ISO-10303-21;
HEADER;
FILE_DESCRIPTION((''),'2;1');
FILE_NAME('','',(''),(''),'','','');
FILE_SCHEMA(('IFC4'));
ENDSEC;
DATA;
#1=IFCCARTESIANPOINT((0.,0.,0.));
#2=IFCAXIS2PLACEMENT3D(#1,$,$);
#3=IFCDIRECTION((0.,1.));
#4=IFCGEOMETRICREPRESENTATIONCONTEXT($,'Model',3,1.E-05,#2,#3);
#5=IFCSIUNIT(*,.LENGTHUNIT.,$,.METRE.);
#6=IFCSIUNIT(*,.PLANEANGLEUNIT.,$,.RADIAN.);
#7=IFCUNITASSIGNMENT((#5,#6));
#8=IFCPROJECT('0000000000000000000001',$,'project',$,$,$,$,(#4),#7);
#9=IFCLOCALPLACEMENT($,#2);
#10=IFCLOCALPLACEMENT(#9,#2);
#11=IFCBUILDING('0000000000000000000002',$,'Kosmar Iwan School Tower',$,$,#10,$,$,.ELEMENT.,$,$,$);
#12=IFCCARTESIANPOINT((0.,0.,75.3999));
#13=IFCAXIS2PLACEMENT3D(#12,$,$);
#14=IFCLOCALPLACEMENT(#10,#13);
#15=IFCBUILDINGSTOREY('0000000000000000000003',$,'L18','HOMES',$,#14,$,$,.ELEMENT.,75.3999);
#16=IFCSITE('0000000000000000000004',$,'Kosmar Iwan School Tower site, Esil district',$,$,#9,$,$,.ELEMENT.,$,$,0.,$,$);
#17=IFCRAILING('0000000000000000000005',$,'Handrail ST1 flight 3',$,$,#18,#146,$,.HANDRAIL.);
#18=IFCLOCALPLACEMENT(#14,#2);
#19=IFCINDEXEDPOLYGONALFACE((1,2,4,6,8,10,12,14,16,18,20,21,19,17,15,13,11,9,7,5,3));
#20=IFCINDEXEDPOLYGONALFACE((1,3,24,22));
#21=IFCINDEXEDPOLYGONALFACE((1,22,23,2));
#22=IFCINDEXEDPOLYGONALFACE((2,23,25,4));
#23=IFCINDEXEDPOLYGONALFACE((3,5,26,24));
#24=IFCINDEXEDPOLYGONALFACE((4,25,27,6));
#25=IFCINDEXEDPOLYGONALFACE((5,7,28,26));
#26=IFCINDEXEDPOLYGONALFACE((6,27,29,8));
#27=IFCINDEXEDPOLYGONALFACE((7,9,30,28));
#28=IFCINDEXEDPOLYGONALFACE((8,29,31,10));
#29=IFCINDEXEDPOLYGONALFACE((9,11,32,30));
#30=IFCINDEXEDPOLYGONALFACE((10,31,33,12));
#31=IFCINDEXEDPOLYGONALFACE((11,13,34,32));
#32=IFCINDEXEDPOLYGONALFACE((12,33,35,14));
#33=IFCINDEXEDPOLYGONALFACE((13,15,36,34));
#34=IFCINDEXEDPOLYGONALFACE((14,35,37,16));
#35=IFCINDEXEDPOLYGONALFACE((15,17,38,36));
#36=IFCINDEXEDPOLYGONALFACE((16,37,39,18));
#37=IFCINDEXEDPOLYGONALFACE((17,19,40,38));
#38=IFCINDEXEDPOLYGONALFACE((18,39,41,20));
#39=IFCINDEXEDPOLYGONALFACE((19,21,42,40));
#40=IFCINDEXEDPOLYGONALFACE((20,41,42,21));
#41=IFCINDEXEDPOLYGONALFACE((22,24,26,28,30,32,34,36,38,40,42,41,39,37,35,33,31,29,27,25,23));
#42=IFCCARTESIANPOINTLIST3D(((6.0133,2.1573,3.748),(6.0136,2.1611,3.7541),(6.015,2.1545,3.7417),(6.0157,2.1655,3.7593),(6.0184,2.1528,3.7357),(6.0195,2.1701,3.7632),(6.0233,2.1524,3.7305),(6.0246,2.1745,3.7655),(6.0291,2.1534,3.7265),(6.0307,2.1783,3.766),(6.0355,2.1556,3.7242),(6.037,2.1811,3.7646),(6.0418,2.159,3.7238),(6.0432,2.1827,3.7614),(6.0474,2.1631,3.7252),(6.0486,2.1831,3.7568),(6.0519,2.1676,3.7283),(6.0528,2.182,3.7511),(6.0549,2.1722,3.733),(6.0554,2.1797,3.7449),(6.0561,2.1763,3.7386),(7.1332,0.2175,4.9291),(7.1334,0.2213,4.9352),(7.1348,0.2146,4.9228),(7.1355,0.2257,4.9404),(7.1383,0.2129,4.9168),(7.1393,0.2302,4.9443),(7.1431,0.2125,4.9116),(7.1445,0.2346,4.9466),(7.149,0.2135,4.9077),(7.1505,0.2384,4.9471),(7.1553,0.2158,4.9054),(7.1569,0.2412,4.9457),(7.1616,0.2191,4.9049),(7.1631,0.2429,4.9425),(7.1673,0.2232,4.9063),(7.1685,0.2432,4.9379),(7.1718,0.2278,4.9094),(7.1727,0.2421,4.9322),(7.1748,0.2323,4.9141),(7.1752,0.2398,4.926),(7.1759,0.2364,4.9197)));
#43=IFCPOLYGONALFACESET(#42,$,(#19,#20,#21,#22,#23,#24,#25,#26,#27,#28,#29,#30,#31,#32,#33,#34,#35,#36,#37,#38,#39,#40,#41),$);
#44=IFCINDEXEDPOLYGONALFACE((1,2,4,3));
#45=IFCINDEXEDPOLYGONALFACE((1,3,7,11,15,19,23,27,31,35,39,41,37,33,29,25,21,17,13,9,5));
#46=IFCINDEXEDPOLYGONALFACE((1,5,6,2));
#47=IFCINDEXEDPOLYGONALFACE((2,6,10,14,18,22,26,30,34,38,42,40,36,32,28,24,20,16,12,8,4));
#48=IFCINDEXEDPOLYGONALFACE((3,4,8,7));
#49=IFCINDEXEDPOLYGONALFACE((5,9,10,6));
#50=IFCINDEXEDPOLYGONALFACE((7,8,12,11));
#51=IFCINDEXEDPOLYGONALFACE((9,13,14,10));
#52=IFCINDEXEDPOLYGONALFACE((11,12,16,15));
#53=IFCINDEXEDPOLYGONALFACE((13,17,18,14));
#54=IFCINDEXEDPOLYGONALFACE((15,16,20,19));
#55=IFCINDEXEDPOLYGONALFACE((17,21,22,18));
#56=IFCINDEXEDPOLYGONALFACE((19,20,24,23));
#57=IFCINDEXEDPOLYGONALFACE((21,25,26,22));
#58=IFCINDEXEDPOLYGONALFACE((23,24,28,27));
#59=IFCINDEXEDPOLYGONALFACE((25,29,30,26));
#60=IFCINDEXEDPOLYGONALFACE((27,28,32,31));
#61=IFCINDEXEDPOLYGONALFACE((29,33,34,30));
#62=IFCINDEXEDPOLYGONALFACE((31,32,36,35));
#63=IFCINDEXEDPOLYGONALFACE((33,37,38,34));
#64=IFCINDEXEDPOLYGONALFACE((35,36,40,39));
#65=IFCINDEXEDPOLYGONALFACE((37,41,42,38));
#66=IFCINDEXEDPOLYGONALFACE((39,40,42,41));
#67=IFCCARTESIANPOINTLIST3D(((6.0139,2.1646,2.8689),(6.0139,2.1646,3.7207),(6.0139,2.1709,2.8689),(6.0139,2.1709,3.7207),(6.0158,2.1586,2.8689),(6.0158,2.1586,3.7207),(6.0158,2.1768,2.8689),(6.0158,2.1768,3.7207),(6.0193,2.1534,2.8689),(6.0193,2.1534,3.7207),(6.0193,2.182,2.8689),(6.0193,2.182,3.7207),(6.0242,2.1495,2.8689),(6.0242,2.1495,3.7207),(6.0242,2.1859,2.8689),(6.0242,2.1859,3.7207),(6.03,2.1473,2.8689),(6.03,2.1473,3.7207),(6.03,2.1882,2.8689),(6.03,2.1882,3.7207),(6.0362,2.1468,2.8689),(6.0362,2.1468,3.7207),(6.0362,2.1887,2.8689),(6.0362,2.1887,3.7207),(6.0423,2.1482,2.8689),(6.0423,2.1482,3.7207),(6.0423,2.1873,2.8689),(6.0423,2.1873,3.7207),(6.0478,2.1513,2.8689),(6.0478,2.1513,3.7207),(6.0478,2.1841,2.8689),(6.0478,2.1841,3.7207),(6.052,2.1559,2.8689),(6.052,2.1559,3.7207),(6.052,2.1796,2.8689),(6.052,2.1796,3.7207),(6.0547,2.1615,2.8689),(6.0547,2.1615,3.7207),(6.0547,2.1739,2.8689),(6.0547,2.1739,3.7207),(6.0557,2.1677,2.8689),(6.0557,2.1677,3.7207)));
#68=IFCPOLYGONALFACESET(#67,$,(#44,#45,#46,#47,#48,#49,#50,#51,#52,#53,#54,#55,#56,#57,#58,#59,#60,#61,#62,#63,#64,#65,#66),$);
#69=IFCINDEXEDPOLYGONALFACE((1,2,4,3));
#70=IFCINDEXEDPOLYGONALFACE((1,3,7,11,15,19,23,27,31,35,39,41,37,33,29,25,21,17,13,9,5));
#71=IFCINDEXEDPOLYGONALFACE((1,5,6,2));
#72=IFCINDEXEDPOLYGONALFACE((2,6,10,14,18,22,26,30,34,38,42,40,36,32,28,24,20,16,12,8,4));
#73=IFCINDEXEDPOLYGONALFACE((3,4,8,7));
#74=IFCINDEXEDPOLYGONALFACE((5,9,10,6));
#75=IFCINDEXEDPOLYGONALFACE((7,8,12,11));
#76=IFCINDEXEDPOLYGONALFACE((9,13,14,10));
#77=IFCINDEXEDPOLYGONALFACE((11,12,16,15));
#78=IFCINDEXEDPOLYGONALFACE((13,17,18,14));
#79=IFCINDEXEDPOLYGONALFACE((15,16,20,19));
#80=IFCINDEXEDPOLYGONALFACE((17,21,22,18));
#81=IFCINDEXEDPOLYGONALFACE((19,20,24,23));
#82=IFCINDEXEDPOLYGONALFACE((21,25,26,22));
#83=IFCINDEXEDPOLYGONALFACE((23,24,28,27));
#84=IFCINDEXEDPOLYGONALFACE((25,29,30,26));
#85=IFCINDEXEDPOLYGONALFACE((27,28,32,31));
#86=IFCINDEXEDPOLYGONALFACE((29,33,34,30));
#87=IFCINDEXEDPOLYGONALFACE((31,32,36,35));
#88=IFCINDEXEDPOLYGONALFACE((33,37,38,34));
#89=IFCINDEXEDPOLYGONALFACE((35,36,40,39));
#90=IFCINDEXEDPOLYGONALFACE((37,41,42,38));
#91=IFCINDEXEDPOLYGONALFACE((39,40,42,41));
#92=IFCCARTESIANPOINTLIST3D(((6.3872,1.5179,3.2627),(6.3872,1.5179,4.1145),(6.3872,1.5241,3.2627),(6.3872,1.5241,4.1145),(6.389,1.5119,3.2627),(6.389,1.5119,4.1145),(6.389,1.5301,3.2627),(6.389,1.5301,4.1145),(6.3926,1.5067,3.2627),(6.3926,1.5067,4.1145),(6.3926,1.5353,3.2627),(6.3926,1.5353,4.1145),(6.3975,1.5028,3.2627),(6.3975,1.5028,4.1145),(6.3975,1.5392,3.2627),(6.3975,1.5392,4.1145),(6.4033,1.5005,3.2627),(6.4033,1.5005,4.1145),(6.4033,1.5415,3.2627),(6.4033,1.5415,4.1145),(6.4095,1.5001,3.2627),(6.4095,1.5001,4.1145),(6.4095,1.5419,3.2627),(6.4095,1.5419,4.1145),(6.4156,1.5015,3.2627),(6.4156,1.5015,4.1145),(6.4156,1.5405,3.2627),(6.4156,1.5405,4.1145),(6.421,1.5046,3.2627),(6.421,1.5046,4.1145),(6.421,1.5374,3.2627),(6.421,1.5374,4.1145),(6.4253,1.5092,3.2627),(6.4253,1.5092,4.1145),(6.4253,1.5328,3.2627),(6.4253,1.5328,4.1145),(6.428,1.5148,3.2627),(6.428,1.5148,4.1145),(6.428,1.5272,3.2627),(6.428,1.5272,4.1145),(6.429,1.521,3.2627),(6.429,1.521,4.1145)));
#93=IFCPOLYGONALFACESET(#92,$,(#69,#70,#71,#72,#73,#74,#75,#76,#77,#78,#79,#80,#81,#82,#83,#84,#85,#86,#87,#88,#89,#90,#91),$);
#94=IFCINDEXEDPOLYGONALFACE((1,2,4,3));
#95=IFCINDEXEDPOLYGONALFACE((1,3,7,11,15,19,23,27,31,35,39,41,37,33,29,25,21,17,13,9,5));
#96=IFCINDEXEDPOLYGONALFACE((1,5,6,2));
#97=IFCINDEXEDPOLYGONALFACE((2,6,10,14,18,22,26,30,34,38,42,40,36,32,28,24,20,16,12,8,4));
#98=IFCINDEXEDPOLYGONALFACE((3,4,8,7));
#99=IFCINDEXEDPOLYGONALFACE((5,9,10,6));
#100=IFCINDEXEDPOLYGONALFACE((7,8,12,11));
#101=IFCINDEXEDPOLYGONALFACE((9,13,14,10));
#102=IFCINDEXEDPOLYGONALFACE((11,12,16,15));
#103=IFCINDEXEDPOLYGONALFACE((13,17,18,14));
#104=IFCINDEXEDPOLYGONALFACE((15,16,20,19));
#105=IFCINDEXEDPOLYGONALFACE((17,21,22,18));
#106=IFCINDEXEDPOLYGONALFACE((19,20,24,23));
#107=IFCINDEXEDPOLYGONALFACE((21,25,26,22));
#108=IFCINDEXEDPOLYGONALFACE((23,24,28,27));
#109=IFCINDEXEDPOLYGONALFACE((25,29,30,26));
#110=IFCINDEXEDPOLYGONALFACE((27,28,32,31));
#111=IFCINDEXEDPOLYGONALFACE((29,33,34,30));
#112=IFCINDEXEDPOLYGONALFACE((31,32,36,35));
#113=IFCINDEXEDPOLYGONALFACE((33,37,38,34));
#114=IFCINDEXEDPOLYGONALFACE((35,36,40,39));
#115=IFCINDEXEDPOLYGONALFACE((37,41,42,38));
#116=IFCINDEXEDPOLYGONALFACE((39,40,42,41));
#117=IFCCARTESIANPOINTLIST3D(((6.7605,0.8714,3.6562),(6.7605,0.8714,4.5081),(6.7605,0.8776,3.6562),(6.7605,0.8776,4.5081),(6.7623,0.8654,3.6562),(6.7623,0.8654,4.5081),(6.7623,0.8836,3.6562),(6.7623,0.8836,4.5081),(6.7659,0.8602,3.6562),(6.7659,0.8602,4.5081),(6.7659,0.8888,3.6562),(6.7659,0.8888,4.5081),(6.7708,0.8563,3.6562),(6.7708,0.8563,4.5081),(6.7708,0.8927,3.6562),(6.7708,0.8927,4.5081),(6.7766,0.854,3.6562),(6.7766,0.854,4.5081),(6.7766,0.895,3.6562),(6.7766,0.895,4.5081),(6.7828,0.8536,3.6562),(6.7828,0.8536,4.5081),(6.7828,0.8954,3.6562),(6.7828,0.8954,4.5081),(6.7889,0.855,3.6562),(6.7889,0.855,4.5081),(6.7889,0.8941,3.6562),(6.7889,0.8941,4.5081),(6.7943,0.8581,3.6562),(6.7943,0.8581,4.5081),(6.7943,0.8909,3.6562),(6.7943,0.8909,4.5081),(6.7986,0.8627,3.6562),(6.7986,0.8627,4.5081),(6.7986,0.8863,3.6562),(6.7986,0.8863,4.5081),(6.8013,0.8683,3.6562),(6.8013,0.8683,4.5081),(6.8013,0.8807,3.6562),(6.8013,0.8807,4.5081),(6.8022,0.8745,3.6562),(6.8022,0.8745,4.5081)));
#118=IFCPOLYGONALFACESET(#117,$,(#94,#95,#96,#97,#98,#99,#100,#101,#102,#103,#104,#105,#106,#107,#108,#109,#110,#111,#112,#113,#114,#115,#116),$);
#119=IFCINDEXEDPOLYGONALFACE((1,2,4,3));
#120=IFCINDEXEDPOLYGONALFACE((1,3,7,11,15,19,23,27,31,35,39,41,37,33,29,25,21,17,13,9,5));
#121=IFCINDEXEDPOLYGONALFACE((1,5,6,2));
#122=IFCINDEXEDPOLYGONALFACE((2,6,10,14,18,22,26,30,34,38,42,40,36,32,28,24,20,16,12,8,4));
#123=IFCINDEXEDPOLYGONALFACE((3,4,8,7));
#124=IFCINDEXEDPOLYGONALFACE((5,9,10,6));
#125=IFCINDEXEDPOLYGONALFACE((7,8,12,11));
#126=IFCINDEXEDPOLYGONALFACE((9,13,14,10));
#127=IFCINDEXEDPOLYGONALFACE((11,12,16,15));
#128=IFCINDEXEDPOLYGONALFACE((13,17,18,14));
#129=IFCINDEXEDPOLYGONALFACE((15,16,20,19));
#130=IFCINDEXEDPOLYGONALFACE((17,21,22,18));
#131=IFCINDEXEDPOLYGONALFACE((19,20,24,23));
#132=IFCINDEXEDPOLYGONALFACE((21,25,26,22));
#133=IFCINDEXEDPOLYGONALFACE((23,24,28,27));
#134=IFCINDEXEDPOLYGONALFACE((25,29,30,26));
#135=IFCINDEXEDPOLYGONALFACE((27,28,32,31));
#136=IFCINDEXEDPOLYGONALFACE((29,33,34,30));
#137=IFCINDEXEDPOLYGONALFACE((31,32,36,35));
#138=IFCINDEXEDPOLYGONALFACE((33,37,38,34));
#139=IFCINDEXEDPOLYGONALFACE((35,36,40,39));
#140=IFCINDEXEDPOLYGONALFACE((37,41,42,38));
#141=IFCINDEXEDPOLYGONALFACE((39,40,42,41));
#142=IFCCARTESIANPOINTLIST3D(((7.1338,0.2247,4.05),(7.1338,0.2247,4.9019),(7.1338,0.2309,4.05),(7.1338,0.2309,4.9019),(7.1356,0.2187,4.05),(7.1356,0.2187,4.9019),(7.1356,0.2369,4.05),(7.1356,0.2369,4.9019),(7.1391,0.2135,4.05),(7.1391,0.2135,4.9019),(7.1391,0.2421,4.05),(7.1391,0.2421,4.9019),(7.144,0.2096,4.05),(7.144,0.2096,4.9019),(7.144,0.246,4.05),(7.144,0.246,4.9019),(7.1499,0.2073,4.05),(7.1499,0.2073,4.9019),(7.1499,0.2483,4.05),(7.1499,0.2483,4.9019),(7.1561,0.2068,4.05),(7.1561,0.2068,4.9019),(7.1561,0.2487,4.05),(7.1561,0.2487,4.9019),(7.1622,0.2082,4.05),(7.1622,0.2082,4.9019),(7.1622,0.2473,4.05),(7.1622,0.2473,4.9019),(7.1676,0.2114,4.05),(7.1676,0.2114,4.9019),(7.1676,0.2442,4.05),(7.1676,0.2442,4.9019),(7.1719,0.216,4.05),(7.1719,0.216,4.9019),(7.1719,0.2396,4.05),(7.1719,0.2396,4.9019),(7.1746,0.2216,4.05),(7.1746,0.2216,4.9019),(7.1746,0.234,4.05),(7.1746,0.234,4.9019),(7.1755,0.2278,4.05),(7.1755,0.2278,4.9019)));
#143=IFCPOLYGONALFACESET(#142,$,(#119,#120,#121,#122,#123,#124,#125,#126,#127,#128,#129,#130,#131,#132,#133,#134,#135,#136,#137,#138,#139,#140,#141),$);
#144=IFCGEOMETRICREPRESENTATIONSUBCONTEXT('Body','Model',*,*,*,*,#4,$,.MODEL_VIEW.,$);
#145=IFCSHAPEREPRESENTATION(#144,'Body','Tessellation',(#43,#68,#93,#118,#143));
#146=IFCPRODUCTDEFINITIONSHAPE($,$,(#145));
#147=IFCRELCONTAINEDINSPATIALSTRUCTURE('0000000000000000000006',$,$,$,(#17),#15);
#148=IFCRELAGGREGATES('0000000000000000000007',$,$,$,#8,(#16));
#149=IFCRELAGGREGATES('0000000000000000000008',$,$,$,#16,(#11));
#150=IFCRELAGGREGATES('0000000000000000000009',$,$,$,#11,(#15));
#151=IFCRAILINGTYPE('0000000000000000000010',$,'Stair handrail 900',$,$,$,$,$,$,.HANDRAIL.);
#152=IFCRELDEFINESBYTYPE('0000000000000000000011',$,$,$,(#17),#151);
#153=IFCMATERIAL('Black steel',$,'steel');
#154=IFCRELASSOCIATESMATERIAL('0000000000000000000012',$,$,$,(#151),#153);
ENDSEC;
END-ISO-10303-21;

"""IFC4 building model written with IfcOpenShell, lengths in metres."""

from ifc_helpers import new_model, si_unit, direction, frame, origin, origin_2d, place, context, subcontext, project, spatial, circle, extrude, material, type_object, element, save


model = new_model("IFC4")

# Units and contexts
model_context = context("Model", 3, precision=1e-05, world=origin(), true_north=direction((0.0, 1.0)))
body_context = subcontext(model_context, "Body", "Model", "MODEL_VIEW")
ifc_project = project(units=[si_unit("LENGTHUNIT", "METRE"), si_unit("PLANEANGLEUNIT", "RADIAN")], contexts=[model_context])

# Site, building, storey
site_placement = place(None, origin())
site = spatial("IfcSite", under=ifc_project, at=site_placement, Name="Kosmar Iwan School Tower site, Esil district", CompositionType="ELEMENT", RefElevation=0.0)
building_placement = place(site_placement, origin())
building = spatial("IfcBuilding", under=site, at=building_placement, Name="Kosmar Iwan School Tower", CompositionType="ELEMENT")
storey_placement = place(building_placement, frame((0.0, 0.0, 75.3999)))
storey = spatial("IfcBuildingStorey", under=building, at=storey_placement, Name="L18", Description="HOMES", CompositionType="ELEMENT", Elevation=75.3999)

# Railing
ifc_material_1 = material(Name="Black steel", Category="steel")
railing_type = type_object("IfcRailingType", Name="Stair handrail 900", PredefinedType="HANDRAIL", material=ifc_material_1)
railing_1_placement = place(storey_placement, frame((6.0347, 2.1677, 2.8689)))
element("IfcRailing", 1, at=railing_1_placement, inside=storey, type_object=railing_type, Name="Handrail ST1 flight 3", PredefinedType="HANDRAIL", context=body_context, shape_type="SweptSolid", body=[
    extrude(circle(Radius=0.0239, at=origin_2d()), frame((0.0, 0.0, 0.876), z_axis=(0.442233, -0.766075, 0.466432), x_axis=(0.866055, 0.499949, 0.0)), (0.0, 0.0, 1.0), 2.5322),
    extrude(circle(Radius=0.021, at=origin_2d()), origin(), (0.0, 0.0, 1.0), 0.8518),
    extrude(circle(Radius=0.021, at=origin_2d()), frame((0.3733, -0.6467, 0.3938)), (0.0, 0.0, 1.0), 0.8518),
    extrude(circle(Radius=0.021, at=origin_2d()), frame((0.7466, -1.2932, 0.7874)), (0.0, 0.0, 1.0), 0.8518),
    extrude(circle(Radius=0.021, at=origin_2d()), frame((1.1199, -1.9399, 1.1812)), (0.0, 0.0, 1.0), 0.8518),
])

save(model, "model.ifc")
